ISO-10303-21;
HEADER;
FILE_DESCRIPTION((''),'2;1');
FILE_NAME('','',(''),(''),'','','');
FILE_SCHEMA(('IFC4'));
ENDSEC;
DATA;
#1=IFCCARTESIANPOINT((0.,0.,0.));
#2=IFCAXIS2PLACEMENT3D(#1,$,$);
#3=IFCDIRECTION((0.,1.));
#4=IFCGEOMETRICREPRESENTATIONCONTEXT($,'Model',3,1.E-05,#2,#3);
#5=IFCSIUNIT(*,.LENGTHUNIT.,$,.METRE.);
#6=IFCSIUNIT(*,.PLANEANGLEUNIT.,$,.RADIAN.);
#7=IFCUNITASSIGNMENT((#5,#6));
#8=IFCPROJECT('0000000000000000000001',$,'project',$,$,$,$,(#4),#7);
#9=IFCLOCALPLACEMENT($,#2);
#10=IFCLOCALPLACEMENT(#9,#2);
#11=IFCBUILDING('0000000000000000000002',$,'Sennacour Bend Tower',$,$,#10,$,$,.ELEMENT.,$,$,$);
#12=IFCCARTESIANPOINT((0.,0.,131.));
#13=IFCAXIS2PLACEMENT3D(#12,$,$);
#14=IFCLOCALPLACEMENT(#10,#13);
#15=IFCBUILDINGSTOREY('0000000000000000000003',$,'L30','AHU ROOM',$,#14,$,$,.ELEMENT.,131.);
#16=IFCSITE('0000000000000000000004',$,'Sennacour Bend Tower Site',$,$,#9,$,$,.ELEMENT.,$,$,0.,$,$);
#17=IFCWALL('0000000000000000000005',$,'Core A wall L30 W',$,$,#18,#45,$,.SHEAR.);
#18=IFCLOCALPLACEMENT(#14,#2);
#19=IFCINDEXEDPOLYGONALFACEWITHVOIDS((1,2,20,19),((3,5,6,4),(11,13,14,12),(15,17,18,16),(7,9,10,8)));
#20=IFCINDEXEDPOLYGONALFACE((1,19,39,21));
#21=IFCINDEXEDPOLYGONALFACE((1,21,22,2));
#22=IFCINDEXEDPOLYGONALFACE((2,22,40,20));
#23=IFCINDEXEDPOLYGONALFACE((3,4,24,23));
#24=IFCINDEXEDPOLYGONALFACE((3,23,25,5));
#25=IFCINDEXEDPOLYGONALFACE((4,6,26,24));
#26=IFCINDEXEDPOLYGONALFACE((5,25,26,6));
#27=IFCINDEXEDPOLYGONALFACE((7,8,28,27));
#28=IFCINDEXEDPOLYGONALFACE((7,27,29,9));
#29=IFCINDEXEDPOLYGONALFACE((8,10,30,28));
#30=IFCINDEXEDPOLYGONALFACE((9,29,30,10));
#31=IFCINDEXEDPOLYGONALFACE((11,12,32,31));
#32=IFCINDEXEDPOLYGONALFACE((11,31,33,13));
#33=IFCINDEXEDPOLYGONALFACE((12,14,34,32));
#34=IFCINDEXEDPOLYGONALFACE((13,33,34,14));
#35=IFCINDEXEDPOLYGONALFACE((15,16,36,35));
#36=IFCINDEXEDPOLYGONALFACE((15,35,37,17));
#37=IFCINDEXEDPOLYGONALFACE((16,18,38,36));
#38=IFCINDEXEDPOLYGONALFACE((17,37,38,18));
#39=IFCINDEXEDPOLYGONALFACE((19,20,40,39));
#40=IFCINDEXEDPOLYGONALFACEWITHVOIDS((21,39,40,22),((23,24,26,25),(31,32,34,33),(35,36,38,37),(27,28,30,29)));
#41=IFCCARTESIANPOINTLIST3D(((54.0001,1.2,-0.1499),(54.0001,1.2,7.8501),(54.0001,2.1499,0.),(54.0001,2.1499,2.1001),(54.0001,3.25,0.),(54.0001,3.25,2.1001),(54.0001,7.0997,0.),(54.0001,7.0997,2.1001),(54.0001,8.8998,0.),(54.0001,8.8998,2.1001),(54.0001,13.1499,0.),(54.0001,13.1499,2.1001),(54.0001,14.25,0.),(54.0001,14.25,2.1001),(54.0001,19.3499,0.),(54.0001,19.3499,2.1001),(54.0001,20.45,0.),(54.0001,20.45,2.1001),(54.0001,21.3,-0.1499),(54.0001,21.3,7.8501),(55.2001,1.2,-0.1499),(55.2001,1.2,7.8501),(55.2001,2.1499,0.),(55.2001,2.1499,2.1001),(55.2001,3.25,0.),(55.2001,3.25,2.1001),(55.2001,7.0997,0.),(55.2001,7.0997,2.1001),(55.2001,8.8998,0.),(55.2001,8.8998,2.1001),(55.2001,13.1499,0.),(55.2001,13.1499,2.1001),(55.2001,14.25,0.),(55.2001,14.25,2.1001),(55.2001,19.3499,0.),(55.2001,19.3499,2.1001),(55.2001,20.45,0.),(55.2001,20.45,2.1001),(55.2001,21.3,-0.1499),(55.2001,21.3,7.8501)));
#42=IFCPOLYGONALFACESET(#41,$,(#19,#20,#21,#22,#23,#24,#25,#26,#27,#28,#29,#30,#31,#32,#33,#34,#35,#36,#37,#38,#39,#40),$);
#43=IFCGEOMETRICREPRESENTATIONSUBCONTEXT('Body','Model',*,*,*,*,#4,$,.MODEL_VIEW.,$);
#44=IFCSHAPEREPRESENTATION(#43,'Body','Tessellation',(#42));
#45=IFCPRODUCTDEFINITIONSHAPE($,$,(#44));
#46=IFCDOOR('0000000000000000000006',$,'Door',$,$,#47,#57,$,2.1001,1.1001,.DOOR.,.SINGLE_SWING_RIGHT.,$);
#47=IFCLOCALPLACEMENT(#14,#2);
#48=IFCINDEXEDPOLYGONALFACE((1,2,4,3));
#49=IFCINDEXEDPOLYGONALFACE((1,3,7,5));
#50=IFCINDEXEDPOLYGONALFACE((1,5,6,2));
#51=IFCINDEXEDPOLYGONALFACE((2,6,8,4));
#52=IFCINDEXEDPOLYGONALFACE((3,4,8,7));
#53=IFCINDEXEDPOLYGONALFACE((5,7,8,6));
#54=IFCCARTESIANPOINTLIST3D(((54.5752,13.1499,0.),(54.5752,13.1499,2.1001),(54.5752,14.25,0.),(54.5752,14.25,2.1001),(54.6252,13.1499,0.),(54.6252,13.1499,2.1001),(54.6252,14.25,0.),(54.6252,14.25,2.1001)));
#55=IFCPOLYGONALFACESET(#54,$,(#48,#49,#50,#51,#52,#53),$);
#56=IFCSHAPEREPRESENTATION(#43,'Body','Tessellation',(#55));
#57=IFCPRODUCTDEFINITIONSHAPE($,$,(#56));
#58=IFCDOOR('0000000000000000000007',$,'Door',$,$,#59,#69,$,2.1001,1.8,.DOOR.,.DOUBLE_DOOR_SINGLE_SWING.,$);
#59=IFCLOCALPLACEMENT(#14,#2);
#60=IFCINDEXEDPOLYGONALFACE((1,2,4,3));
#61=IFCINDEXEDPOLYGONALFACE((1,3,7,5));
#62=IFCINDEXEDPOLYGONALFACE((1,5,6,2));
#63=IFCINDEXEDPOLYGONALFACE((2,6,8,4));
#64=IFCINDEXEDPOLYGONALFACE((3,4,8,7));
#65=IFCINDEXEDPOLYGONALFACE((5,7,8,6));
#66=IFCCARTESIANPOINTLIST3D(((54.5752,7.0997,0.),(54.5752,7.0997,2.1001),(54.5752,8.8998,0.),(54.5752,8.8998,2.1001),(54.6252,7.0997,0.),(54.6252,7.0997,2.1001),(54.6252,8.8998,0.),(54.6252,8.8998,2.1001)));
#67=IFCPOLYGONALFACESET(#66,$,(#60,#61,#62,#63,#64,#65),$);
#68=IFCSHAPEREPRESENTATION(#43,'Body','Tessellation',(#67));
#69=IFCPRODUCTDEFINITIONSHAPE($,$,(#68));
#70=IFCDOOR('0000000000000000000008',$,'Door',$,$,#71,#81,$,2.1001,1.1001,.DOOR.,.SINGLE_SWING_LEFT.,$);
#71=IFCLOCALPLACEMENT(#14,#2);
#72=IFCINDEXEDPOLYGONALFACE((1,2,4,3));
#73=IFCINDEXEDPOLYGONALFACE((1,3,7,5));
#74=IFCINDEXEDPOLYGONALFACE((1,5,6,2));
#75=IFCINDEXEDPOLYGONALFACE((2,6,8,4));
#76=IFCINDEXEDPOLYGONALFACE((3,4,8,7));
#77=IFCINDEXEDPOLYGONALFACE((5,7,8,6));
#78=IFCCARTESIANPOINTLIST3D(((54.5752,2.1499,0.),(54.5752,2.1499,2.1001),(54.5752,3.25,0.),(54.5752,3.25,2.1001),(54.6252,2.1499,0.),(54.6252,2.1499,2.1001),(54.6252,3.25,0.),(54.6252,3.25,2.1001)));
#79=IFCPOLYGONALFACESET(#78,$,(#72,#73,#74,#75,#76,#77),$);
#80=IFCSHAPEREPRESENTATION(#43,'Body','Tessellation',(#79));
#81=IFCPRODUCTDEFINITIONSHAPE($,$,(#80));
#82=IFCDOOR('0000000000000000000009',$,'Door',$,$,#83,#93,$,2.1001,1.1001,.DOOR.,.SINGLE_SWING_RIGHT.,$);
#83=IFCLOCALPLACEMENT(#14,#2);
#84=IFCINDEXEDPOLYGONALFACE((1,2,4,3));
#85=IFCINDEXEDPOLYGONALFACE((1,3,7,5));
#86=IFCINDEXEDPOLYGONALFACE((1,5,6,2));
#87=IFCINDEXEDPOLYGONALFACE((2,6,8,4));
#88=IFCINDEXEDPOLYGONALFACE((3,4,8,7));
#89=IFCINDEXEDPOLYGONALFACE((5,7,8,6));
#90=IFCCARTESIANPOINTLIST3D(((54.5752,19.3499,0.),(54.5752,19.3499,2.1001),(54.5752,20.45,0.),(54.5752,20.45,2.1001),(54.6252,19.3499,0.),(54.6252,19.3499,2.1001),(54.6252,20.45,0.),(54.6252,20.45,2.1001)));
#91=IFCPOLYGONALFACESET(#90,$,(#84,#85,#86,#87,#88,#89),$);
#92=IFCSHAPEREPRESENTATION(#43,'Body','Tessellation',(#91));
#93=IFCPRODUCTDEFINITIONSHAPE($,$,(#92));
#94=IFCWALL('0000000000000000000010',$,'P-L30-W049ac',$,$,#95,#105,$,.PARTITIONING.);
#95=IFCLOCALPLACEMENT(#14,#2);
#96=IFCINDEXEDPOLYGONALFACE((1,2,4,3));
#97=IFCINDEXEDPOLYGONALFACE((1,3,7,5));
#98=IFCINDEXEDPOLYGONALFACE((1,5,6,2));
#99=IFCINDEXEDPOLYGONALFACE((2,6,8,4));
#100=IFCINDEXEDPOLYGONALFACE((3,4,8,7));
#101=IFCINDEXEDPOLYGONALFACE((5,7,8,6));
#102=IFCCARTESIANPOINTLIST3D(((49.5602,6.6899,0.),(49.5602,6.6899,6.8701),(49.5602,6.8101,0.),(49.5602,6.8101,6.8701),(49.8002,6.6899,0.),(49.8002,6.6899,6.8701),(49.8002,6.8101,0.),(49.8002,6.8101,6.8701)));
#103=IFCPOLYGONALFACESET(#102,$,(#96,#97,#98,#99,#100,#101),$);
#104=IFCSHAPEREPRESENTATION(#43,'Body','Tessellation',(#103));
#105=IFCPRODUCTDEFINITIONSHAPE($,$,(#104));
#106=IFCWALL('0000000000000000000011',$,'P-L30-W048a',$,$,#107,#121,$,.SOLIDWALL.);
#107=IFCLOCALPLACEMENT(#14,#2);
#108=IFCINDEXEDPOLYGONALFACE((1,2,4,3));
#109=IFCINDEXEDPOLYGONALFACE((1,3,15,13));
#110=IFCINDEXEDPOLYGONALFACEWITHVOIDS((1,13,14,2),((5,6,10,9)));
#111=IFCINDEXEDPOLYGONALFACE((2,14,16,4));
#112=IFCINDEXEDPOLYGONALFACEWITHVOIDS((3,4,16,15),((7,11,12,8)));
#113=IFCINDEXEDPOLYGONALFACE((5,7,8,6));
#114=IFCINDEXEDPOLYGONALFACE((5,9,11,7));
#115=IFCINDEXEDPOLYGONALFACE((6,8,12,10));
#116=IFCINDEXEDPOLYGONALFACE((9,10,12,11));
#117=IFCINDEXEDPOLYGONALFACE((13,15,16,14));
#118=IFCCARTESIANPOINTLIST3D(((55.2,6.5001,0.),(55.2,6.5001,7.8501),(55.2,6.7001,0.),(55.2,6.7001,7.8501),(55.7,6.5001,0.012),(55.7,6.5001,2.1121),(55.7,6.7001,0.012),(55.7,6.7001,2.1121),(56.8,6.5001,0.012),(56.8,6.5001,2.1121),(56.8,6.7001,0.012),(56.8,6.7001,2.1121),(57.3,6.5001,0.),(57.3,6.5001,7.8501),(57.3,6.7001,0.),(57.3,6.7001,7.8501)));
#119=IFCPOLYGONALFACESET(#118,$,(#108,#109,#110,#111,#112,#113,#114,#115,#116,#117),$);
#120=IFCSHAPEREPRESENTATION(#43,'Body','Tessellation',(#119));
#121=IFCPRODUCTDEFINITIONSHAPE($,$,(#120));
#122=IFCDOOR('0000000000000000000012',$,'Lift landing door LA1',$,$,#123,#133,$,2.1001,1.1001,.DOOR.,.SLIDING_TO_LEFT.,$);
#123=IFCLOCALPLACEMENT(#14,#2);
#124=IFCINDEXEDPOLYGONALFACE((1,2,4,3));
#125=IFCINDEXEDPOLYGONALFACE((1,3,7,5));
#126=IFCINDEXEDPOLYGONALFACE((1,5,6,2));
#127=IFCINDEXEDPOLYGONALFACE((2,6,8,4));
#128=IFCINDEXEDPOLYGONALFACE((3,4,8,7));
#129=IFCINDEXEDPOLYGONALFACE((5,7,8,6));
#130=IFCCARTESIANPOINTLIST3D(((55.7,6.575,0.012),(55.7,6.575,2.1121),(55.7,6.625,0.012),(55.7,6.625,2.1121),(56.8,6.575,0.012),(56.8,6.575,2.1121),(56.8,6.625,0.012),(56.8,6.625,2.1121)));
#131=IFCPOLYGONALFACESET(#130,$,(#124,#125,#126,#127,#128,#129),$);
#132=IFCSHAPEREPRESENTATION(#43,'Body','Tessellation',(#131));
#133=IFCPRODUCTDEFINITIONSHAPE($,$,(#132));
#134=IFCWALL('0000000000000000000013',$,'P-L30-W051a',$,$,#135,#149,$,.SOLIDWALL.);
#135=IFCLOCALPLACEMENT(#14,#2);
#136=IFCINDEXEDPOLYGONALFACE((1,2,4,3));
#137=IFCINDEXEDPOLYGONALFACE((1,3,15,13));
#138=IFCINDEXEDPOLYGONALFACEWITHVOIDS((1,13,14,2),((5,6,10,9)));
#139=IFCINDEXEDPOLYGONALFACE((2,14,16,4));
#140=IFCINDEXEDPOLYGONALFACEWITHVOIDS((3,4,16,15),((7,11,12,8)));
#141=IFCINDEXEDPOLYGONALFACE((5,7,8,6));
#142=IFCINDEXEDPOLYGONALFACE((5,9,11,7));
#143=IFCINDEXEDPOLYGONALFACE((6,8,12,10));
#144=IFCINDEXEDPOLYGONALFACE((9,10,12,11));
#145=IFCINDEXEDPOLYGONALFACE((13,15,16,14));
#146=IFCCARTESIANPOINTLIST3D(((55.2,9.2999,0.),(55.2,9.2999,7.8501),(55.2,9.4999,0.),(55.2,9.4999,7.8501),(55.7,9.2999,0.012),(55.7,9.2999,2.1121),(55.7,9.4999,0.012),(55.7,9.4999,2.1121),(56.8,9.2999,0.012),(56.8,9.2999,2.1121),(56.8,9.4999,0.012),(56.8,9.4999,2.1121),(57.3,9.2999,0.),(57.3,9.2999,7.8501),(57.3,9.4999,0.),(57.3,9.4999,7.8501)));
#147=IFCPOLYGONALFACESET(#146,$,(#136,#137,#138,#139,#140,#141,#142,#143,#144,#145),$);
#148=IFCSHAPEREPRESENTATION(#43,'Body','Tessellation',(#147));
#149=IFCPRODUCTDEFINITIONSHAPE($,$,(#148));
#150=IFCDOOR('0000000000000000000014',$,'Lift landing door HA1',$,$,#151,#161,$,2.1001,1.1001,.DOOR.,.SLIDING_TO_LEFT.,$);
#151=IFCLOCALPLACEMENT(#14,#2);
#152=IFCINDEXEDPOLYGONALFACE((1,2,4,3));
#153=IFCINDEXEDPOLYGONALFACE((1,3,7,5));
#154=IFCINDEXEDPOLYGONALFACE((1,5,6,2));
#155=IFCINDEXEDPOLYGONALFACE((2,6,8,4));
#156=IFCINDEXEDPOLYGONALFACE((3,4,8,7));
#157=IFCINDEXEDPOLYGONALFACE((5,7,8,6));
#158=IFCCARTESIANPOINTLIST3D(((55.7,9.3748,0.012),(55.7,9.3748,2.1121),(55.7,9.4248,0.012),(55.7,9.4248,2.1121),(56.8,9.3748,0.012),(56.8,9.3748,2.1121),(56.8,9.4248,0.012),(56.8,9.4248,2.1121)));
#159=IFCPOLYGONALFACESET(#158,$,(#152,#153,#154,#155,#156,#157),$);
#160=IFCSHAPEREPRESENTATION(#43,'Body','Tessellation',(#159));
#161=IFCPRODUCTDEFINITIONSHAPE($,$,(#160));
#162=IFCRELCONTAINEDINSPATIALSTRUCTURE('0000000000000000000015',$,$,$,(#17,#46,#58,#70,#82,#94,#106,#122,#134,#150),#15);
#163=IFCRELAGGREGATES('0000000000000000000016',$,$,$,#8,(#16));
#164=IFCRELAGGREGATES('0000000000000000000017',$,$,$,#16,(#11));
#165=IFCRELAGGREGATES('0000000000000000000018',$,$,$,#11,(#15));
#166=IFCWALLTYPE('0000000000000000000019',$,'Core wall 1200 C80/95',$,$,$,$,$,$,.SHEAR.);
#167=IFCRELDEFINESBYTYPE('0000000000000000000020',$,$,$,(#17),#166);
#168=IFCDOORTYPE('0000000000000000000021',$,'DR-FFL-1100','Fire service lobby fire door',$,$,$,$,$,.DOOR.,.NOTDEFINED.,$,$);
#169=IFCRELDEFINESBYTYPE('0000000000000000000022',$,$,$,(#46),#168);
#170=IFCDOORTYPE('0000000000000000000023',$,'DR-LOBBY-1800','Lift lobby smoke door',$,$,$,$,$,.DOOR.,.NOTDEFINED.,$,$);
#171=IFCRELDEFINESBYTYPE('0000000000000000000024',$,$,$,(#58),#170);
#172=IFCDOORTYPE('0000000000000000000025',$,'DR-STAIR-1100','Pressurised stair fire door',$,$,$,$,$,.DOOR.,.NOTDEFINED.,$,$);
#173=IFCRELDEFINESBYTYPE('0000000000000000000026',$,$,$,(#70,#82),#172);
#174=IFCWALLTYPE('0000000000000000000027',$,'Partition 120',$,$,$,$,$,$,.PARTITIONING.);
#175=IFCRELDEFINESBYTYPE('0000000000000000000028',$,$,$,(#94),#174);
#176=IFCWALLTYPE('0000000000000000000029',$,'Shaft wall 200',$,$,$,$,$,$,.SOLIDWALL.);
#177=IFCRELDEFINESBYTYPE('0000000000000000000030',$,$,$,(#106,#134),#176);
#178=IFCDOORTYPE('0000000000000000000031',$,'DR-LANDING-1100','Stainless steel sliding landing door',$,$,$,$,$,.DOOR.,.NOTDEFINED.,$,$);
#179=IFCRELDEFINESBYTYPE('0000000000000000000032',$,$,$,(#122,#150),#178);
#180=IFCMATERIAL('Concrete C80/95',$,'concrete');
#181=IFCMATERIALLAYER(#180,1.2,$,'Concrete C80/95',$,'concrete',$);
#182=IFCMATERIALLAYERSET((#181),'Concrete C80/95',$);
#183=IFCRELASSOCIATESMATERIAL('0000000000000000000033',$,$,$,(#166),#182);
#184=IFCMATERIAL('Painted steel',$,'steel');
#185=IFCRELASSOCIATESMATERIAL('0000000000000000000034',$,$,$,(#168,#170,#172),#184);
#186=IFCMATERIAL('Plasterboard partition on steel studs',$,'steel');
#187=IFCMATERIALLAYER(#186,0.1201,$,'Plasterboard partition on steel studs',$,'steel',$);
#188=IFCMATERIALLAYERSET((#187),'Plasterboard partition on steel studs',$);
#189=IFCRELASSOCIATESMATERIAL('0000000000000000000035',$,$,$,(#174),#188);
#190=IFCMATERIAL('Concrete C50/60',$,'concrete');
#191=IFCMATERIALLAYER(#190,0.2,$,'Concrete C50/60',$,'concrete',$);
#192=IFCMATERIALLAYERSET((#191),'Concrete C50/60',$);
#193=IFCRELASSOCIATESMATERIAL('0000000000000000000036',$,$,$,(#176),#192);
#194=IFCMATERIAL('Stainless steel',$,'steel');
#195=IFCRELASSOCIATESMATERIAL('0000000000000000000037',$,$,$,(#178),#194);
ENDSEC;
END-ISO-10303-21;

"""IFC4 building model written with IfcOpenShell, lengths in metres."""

from ifc_helpers import new_model, si_unit, direction, frame, frame_2d, origin, place, context, subcontext, project, spatial, rectangle, extrude, material, layer, layer_set, type_object, element, fill, save


model = new_model("IFC4")

# Units and contexts
model_context = context("Model", 3, precision=1e-05, world=origin(), true_north=direction((0.0, 1.0)))
body_context = subcontext(model_context, "Body", "Model", "MODEL_VIEW")
ifc_project = project(units=[si_unit("LENGTHUNIT", "METRE"), si_unit("PLANEANGLEUNIT", "RADIAN")], contexts=[model_context])

# Site, building, storey
site_placement = place(None, origin())
site = spatial("IfcSite", under=ifc_project, at=site_placement, Name="Sennacour Bend Tower Site", CompositionType="ELEMENT", RefElevation=0.0)
building_placement = place(site_placement, origin())
building = spatial("IfcBuilding", under=site, at=building_placement, Name="Sennacour Bend Tower", CompositionType="ELEMENT")
storey_placement = place(building_placement, frame((0.0, 0.0, 131.0)))
storey = spatial("IfcBuildingStorey", under=building, at=storey_placement, Name="L30", Description="AHU ROOM", CompositionType="ELEMENT", Elevation=131.0)

# Wall, openings, doors
ifc_material_1 = material(Name="Concrete C80/95", Category="concrete")
ifc_layer_1 = layer(ifc_material_1, 1.2, Name="Concrete C80/95", Category="concrete")
ifc_layer_set_1 = layer_set([ifc_layer_1], Name="Concrete C80/95")
wall_type_1 = type_object("IfcWallType", Name="Core wall 1200 C80/95", PredefinedType="SHEAR", material=ifc_layer_set_1)
wall_1_placement = place(storey_placement, frame((54.6001, 1.2, -0.1499), z_axis=(0.0, 0.0, 1.0), x_axis=(0.0, 1.0, 0.0)))
wall_1 = element("IfcWall", 1, at=wall_1_placement, inside=storey, type_object=wall_type_1, Name="Core A wall L30 W", PredefinedType="SHEAR", context=body_context, shape_type="SweptSolid", body=[
    extrude(rectangle(XDim=20.1001, YDim=1.2, at=frame_2d((10.05, 0.0))), origin(), (0.0, 0.0, 1.0), 8.0),
])
opening_1_placement = place(wall_1_placement, frame((5.8999, 0.0, 0.1499)))
opening_1 = element("IfcOpeningElement", 2, at=opening_1_placement, cuts=wall_1, PredefinedType="OPENING", context=body_context, shape_type="SweptSolid", body=[
    extrude(rectangle(XDim=1.8, YDim=2.1001, at=frame_2d((0.8999, 1.05))), frame((0.0, 0.6099, 0.0), z_axis=(0.0, -1.0, 0.0), x_axis=(1.0, 0.0, 0.0)), (0.0, 0.0, 1.0), 1.22),
])
opening_2_placement = place(wall_1_placement, frame((11.95, 0.0, 0.1499)))
opening_2 = element("IfcOpeningElement", 3, at=opening_2_placement, cuts=wall_1, PredefinedType="OPENING", context=body_context, shape_type="SweptSolid", body=[
    extrude(rectangle(XDim=1.1001, YDim=2.1001, at=frame_2d((0.55, 1.05))), frame((0.0, 0.6099, 0.0), z_axis=(0.0, -1.0, 0.0), x_axis=(1.0, 0.0, 0.0)), (0.0, 0.0, 1.0), 1.22),
])
opening_3_placement = place(wall_1_placement, frame((0.95, 0.0, 0.1499)))
opening_3 = element("IfcOpeningElement", 4, at=opening_3_placement, cuts=wall_1, PredefinedType="OPENING", context=body_context, shape_type="SweptSolid", body=[
    extrude(rectangle(XDim=1.1001, YDim=2.1001, at=frame_2d((0.55, 1.05))), frame((0.0, 0.6099, 0.0), z_axis=(0.0, -1.0, 0.0), x_axis=(1.0, 0.0, 0.0)), (0.0, 0.0, 1.0), 1.22),
])
opening_4_placement = place(wall_1_placement, frame((18.1499, 0.0, 0.1499)))
opening_4 = element("IfcOpeningElement", 5, at=opening_4_placement, cuts=wall_1, PredefinedType="OPENING", context=body_context, shape_type="SweptSolid", body=[
    extrude(rectangle(XDim=1.1001, YDim=2.1001, at=frame_2d((0.55, 1.05))), frame((0.0, 0.6099, 0.0), z_axis=(0.0, -1.0, 0.0), x_axis=(1.0, 0.0, 0.0)), (0.0, 0.0, 1.0), 1.22),
])
ifc_material_2 = material(Name="Painted steel", Category="steel")
door_type_1 = type_object("IfcDoorType", Name="DR-FFL-1100", Description="Fire service lobby fire door", OperationType="NOTDEFINED", PredefinedType="DOOR", material=ifc_material_2)
door_1_placement = place(opening_2_placement, origin())
door_1 = element("IfcDoor", 6, at=door_1_placement, inside=storey, type_object=door_type_1, Name="Door", OperationType="SINGLE_SWING_RIGHT", OverallHeight=2.1001, OverallWidth=1.1001, PredefinedType="DOOR", context=body_context, shape_type="SweptSolid", body=[
    extrude(rectangle(XDim=1.1001, YDim=2.1001, at=frame_2d((0.55, 1.05))), frame((0.0, 0.0249, 0.0), z_axis=(0.0, -1.0, 0.0), x_axis=(1.0, 0.0, 0.0)), (0.0, 0.0, 1.0), 0.05),
])
fill(opening_2, door_1)
door_type_2 = type_object("IfcDoorType", Name="DR-LOBBY-1800", Description="Lift lobby smoke door", OperationType="NOTDEFINED", PredefinedType="DOOR", material=ifc_material_2)
door_2_placement = place(opening_1_placement, origin())
door_2 = element("IfcDoor", 7, at=door_2_placement, inside=storey, type_object=door_type_2, Name="Door", OperationType="DOUBLE_DOOR_SINGLE_SWING", OverallHeight=2.1001, OverallWidth=1.8, PredefinedType="DOOR", context=body_context, shape_type="SweptSolid", body=[
    extrude(rectangle(XDim=1.8, YDim=2.1001, at=frame_2d((0.8999, 1.05))), frame((0.0, 0.0249, 0.0), z_axis=(0.0, -1.0, 0.0), x_axis=(1.0, 0.0, 0.0)), (0.0, 0.0, 1.0), 0.05),
])
fill(opening_1, door_2)
door_type_3 = type_object("IfcDoorType", Name="DR-STAIR-1100", Description="Pressurised stair fire door", OperationType="NOTDEFINED", PredefinedType="DOOR", material=ifc_material_2)
door_3_placement = place(opening_3_placement, origin())
door_3 = element("IfcDoor", 8, at=door_3_placement, inside=storey, type_object=door_type_3, Name="Door", OperationType="SINGLE_SWING_LEFT", OverallHeight=2.1001, OverallWidth=1.1001, PredefinedType="DOOR", context=body_context, shape_type="SweptSolid", body=[
    extrude(rectangle(XDim=1.1001, YDim=2.1001, at=frame_2d((0.55, 1.05))), frame((0.0, 0.0249, 0.0), z_axis=(0.0, -1.0, 0.0), x_axis=(1.0, 0.0, 0.0)), (0.0, 0.0, 1.0), 0.05),
])
fill(opening_3, door_3)
door_4_placement = place(opening_4_placement, origin())
door_4 = element("IfcDoor", 9, at=door_4_placement, inside=storey, type_object=door_type_3, Name="Door", OperationType="SINGLE_SWING_RIGHT", OverallHeight=2.1001, OverallWidth=1.1001, PredefinedType="DOOR", context=body_context, shape_type="SweptSolid", body=[
    extrude(rectangle(XDim=1.1001, YDim=2.1001, at=frame_2d((0.55, 1.05))), frame((0.0, 0.0249, 0.0), z_axis=(0.0, -1.0, 0.0), x_axis=(1.0, 0.0, 0.0)), (0.0, 0.0, 1.0), 0.05),
])
fill(opening_4, door_4)

# Wall
ifc_material_3 = material(Name="Plasterboard partition on steel studs", Category="steel")
ifc_layer_2 = layer(ifc_material_3, 0.1201, Name="Plasterboard partition on steel studs", Category="steel")
ifc_layer_set_2 = layer_set([ifc_layer_2], Name="Plasterboard partition on steel studs")
wall_type_2 = type_object("IfcWallType", Name="Partition 120", PredefinedType="PARTITIONING", material=ifc_layer_set_2)
wall_2_placement = place(storey_placement, frame((49.5601, 6.75, 0.0), z_axis=(0.0, 0.0, 1.0), x_axis=(1.0, 0.0, 0.0)))
element("IfcWall", 10, at=wall_2_placement, inside=storey, type_object=wall_type_2, Name="P-L30-W049ac", PredefinedType="PARTITIONING", context=body_context, shape_type="SweptSolid", body=[
    extrude(rectangle(XDim=0.24, YDim=0.1201, at=frame_2d((0.1201, 0.0))), origin(), (0.0, 0.0, 1.0), 6.8701),
])

# Walls, openings, doors
ifc_material_4 = material(Name="Concrete C50/60", Category="concrete")
ifc_layer_3 = layer(ifc_material_4, 0.2, Name="Concrete C50/60", Category="concrete")
ifc_layer_set_3 = layer_set([ifc_layer_3], Name="Concrete C50/60")
wall_type_3 = type_object("IfcWallType", Name="Shaft wall 200", PredefinedType="SOLIDWALL", material=ifc_layer_set_3)
wall_3_placement = place(storey_placement, frame((55.2, 6.6001, 0.0), z_axis=(0.0, 0.0, 1.0), x_axis=(1.0, 0.0, 0.0)))
wall_3 = element("IfcWall", 11, at=wall_3_placement, inside=storey, type_object=wall_type_3, Name="P-L30-W048a", PredefinedType="SOLIDWALL", context=body_context, shape_type="SweptSolid", body=[
    extrude(rectangle(XDim=2.1001, YDim=0.2, at=frame_2d((1.05, 0.0))), origin(), (0.0, 0.0, 1.0), 7.8501),
])
opening_5_placement = place(wall_3_placement, frame((0.5, 0.0, 0.012)))
opening_5 = element("IfcOpeningElement", 12, at=opening_5_placement, cuts=wall_3, PredefinedType="OPENING", context=body_context, shape_type="SweptSolid", body=[
    extrude(rectangle(XDim=1.1001, YDim=2.1001, at=frame_2d((0.55, 1.05))), frame((0.0, 0.1099, 0.0), z_axis=(0.0, -1.0, 0.0), x_axis=(1.0, 0.0, 0.0)), (0.0, 0.0, 1.0), 0.22),
])
ifc_material_5 = material(Name="Stainless steel", Category="steel")
door_type_4 = type_object("IfcDoorType", Name="DR-LANDING-1100", Description="Stainless steel sliding landing door", OperationType="NOTDEFINED", PredefinedType="DOOR", material=ifc_material_5)
door_5_placement = place(opening_5_placement, origin())
door_5 = element("IfcDoor", 13, at=door_5_placement, inside=storey, type_object=door_type_4, Name="Lift landing door LA1", OperationType="SLIDING_TO_LEFT", OverallHeight=2.1001, OverallWidth=1.1001, PredefinedType="DOOR", context=body_context, shape_type="SweptSolid", body=[
    extrude(rectangle(XDim=1.1001, YDim=2.1001, at=frame_2d((0.55, 1.05))), frame((0.0, 0.0249, 0.0), z_axis=(0.0, -1.0, 0.0), x_axis=(1.0, 0.0, 0.0)), (0.0, 0.0, 1.0), 0.05),
])
fill(opening_5, door_5)
wall_4_placement = place(storey_placement, frame((55.2, 9.3999, 0.0), z_axis=(0.0, 0.0, 1.0), x_axis=(1.0, 0.0, 0.0)))
wall_4 = element("IfcWall", 14, at=wall_4_placement, inside=storey, type_object=wall_type_3, Name="P-L30-W051a", PredefinedType="SOLIDWALL", context=body_context, shape_type="SweptSolid", body=[
    extrude(rectangle(XDim=2.1001, YDim=0.2, at=frame_2d((1.05, 0.0))), origin(), (0.0, 0.0, 1.0), 7.8501),
])
opening_6_placement = place(wall_4_placement, frame((0.5, 0.0, 0.012)))
opening_6 = element("IfcOpeningElement", 15, at=opening_6_placement, cuts=wall_4, PredefinedType="OPENING", context=body_context, shape_type="SweptSolid", body=[
    extrude(rectangle(XDim=1.1001, YDim=2.1001, at=frame_2d((0.55, 1.05))), frame((0.0, 0.1099, 0.0), z_axis=(0.0, -1.0, 0.0), x_axis=(1.0, 0.0, 0.0)), (0.0, 0.0, 1.0), 0.22),
])
door_6_placement = place(opening_6_placement, origin())
door_6 = element("IfcDoor", 16, at=door_6_placement, inside=storey, type_object=door_type_4, Name="Lift landing door HA1", OperationType="SLIDING_TO_LEFT", OverallHeight=2.1001, OverallWidth=1.1001, PredefinedType="DOOR", context=body_context, shape_type="SweptSolid", body=[
    extrude(rectangle(XDim=1.1001, YDim=2.1001, at=frame_2d((0.55, 1.05))), frame((0.0, 0.0249, 0.0), z_axis=(0.0, -1.0, 0.0), x_axis=(1.0, 0.0, 0.0)), (0.0, 0.0, 1.0), 0.05),
])
fill(opening_6, door_6)

save(model, "model.ifc")
